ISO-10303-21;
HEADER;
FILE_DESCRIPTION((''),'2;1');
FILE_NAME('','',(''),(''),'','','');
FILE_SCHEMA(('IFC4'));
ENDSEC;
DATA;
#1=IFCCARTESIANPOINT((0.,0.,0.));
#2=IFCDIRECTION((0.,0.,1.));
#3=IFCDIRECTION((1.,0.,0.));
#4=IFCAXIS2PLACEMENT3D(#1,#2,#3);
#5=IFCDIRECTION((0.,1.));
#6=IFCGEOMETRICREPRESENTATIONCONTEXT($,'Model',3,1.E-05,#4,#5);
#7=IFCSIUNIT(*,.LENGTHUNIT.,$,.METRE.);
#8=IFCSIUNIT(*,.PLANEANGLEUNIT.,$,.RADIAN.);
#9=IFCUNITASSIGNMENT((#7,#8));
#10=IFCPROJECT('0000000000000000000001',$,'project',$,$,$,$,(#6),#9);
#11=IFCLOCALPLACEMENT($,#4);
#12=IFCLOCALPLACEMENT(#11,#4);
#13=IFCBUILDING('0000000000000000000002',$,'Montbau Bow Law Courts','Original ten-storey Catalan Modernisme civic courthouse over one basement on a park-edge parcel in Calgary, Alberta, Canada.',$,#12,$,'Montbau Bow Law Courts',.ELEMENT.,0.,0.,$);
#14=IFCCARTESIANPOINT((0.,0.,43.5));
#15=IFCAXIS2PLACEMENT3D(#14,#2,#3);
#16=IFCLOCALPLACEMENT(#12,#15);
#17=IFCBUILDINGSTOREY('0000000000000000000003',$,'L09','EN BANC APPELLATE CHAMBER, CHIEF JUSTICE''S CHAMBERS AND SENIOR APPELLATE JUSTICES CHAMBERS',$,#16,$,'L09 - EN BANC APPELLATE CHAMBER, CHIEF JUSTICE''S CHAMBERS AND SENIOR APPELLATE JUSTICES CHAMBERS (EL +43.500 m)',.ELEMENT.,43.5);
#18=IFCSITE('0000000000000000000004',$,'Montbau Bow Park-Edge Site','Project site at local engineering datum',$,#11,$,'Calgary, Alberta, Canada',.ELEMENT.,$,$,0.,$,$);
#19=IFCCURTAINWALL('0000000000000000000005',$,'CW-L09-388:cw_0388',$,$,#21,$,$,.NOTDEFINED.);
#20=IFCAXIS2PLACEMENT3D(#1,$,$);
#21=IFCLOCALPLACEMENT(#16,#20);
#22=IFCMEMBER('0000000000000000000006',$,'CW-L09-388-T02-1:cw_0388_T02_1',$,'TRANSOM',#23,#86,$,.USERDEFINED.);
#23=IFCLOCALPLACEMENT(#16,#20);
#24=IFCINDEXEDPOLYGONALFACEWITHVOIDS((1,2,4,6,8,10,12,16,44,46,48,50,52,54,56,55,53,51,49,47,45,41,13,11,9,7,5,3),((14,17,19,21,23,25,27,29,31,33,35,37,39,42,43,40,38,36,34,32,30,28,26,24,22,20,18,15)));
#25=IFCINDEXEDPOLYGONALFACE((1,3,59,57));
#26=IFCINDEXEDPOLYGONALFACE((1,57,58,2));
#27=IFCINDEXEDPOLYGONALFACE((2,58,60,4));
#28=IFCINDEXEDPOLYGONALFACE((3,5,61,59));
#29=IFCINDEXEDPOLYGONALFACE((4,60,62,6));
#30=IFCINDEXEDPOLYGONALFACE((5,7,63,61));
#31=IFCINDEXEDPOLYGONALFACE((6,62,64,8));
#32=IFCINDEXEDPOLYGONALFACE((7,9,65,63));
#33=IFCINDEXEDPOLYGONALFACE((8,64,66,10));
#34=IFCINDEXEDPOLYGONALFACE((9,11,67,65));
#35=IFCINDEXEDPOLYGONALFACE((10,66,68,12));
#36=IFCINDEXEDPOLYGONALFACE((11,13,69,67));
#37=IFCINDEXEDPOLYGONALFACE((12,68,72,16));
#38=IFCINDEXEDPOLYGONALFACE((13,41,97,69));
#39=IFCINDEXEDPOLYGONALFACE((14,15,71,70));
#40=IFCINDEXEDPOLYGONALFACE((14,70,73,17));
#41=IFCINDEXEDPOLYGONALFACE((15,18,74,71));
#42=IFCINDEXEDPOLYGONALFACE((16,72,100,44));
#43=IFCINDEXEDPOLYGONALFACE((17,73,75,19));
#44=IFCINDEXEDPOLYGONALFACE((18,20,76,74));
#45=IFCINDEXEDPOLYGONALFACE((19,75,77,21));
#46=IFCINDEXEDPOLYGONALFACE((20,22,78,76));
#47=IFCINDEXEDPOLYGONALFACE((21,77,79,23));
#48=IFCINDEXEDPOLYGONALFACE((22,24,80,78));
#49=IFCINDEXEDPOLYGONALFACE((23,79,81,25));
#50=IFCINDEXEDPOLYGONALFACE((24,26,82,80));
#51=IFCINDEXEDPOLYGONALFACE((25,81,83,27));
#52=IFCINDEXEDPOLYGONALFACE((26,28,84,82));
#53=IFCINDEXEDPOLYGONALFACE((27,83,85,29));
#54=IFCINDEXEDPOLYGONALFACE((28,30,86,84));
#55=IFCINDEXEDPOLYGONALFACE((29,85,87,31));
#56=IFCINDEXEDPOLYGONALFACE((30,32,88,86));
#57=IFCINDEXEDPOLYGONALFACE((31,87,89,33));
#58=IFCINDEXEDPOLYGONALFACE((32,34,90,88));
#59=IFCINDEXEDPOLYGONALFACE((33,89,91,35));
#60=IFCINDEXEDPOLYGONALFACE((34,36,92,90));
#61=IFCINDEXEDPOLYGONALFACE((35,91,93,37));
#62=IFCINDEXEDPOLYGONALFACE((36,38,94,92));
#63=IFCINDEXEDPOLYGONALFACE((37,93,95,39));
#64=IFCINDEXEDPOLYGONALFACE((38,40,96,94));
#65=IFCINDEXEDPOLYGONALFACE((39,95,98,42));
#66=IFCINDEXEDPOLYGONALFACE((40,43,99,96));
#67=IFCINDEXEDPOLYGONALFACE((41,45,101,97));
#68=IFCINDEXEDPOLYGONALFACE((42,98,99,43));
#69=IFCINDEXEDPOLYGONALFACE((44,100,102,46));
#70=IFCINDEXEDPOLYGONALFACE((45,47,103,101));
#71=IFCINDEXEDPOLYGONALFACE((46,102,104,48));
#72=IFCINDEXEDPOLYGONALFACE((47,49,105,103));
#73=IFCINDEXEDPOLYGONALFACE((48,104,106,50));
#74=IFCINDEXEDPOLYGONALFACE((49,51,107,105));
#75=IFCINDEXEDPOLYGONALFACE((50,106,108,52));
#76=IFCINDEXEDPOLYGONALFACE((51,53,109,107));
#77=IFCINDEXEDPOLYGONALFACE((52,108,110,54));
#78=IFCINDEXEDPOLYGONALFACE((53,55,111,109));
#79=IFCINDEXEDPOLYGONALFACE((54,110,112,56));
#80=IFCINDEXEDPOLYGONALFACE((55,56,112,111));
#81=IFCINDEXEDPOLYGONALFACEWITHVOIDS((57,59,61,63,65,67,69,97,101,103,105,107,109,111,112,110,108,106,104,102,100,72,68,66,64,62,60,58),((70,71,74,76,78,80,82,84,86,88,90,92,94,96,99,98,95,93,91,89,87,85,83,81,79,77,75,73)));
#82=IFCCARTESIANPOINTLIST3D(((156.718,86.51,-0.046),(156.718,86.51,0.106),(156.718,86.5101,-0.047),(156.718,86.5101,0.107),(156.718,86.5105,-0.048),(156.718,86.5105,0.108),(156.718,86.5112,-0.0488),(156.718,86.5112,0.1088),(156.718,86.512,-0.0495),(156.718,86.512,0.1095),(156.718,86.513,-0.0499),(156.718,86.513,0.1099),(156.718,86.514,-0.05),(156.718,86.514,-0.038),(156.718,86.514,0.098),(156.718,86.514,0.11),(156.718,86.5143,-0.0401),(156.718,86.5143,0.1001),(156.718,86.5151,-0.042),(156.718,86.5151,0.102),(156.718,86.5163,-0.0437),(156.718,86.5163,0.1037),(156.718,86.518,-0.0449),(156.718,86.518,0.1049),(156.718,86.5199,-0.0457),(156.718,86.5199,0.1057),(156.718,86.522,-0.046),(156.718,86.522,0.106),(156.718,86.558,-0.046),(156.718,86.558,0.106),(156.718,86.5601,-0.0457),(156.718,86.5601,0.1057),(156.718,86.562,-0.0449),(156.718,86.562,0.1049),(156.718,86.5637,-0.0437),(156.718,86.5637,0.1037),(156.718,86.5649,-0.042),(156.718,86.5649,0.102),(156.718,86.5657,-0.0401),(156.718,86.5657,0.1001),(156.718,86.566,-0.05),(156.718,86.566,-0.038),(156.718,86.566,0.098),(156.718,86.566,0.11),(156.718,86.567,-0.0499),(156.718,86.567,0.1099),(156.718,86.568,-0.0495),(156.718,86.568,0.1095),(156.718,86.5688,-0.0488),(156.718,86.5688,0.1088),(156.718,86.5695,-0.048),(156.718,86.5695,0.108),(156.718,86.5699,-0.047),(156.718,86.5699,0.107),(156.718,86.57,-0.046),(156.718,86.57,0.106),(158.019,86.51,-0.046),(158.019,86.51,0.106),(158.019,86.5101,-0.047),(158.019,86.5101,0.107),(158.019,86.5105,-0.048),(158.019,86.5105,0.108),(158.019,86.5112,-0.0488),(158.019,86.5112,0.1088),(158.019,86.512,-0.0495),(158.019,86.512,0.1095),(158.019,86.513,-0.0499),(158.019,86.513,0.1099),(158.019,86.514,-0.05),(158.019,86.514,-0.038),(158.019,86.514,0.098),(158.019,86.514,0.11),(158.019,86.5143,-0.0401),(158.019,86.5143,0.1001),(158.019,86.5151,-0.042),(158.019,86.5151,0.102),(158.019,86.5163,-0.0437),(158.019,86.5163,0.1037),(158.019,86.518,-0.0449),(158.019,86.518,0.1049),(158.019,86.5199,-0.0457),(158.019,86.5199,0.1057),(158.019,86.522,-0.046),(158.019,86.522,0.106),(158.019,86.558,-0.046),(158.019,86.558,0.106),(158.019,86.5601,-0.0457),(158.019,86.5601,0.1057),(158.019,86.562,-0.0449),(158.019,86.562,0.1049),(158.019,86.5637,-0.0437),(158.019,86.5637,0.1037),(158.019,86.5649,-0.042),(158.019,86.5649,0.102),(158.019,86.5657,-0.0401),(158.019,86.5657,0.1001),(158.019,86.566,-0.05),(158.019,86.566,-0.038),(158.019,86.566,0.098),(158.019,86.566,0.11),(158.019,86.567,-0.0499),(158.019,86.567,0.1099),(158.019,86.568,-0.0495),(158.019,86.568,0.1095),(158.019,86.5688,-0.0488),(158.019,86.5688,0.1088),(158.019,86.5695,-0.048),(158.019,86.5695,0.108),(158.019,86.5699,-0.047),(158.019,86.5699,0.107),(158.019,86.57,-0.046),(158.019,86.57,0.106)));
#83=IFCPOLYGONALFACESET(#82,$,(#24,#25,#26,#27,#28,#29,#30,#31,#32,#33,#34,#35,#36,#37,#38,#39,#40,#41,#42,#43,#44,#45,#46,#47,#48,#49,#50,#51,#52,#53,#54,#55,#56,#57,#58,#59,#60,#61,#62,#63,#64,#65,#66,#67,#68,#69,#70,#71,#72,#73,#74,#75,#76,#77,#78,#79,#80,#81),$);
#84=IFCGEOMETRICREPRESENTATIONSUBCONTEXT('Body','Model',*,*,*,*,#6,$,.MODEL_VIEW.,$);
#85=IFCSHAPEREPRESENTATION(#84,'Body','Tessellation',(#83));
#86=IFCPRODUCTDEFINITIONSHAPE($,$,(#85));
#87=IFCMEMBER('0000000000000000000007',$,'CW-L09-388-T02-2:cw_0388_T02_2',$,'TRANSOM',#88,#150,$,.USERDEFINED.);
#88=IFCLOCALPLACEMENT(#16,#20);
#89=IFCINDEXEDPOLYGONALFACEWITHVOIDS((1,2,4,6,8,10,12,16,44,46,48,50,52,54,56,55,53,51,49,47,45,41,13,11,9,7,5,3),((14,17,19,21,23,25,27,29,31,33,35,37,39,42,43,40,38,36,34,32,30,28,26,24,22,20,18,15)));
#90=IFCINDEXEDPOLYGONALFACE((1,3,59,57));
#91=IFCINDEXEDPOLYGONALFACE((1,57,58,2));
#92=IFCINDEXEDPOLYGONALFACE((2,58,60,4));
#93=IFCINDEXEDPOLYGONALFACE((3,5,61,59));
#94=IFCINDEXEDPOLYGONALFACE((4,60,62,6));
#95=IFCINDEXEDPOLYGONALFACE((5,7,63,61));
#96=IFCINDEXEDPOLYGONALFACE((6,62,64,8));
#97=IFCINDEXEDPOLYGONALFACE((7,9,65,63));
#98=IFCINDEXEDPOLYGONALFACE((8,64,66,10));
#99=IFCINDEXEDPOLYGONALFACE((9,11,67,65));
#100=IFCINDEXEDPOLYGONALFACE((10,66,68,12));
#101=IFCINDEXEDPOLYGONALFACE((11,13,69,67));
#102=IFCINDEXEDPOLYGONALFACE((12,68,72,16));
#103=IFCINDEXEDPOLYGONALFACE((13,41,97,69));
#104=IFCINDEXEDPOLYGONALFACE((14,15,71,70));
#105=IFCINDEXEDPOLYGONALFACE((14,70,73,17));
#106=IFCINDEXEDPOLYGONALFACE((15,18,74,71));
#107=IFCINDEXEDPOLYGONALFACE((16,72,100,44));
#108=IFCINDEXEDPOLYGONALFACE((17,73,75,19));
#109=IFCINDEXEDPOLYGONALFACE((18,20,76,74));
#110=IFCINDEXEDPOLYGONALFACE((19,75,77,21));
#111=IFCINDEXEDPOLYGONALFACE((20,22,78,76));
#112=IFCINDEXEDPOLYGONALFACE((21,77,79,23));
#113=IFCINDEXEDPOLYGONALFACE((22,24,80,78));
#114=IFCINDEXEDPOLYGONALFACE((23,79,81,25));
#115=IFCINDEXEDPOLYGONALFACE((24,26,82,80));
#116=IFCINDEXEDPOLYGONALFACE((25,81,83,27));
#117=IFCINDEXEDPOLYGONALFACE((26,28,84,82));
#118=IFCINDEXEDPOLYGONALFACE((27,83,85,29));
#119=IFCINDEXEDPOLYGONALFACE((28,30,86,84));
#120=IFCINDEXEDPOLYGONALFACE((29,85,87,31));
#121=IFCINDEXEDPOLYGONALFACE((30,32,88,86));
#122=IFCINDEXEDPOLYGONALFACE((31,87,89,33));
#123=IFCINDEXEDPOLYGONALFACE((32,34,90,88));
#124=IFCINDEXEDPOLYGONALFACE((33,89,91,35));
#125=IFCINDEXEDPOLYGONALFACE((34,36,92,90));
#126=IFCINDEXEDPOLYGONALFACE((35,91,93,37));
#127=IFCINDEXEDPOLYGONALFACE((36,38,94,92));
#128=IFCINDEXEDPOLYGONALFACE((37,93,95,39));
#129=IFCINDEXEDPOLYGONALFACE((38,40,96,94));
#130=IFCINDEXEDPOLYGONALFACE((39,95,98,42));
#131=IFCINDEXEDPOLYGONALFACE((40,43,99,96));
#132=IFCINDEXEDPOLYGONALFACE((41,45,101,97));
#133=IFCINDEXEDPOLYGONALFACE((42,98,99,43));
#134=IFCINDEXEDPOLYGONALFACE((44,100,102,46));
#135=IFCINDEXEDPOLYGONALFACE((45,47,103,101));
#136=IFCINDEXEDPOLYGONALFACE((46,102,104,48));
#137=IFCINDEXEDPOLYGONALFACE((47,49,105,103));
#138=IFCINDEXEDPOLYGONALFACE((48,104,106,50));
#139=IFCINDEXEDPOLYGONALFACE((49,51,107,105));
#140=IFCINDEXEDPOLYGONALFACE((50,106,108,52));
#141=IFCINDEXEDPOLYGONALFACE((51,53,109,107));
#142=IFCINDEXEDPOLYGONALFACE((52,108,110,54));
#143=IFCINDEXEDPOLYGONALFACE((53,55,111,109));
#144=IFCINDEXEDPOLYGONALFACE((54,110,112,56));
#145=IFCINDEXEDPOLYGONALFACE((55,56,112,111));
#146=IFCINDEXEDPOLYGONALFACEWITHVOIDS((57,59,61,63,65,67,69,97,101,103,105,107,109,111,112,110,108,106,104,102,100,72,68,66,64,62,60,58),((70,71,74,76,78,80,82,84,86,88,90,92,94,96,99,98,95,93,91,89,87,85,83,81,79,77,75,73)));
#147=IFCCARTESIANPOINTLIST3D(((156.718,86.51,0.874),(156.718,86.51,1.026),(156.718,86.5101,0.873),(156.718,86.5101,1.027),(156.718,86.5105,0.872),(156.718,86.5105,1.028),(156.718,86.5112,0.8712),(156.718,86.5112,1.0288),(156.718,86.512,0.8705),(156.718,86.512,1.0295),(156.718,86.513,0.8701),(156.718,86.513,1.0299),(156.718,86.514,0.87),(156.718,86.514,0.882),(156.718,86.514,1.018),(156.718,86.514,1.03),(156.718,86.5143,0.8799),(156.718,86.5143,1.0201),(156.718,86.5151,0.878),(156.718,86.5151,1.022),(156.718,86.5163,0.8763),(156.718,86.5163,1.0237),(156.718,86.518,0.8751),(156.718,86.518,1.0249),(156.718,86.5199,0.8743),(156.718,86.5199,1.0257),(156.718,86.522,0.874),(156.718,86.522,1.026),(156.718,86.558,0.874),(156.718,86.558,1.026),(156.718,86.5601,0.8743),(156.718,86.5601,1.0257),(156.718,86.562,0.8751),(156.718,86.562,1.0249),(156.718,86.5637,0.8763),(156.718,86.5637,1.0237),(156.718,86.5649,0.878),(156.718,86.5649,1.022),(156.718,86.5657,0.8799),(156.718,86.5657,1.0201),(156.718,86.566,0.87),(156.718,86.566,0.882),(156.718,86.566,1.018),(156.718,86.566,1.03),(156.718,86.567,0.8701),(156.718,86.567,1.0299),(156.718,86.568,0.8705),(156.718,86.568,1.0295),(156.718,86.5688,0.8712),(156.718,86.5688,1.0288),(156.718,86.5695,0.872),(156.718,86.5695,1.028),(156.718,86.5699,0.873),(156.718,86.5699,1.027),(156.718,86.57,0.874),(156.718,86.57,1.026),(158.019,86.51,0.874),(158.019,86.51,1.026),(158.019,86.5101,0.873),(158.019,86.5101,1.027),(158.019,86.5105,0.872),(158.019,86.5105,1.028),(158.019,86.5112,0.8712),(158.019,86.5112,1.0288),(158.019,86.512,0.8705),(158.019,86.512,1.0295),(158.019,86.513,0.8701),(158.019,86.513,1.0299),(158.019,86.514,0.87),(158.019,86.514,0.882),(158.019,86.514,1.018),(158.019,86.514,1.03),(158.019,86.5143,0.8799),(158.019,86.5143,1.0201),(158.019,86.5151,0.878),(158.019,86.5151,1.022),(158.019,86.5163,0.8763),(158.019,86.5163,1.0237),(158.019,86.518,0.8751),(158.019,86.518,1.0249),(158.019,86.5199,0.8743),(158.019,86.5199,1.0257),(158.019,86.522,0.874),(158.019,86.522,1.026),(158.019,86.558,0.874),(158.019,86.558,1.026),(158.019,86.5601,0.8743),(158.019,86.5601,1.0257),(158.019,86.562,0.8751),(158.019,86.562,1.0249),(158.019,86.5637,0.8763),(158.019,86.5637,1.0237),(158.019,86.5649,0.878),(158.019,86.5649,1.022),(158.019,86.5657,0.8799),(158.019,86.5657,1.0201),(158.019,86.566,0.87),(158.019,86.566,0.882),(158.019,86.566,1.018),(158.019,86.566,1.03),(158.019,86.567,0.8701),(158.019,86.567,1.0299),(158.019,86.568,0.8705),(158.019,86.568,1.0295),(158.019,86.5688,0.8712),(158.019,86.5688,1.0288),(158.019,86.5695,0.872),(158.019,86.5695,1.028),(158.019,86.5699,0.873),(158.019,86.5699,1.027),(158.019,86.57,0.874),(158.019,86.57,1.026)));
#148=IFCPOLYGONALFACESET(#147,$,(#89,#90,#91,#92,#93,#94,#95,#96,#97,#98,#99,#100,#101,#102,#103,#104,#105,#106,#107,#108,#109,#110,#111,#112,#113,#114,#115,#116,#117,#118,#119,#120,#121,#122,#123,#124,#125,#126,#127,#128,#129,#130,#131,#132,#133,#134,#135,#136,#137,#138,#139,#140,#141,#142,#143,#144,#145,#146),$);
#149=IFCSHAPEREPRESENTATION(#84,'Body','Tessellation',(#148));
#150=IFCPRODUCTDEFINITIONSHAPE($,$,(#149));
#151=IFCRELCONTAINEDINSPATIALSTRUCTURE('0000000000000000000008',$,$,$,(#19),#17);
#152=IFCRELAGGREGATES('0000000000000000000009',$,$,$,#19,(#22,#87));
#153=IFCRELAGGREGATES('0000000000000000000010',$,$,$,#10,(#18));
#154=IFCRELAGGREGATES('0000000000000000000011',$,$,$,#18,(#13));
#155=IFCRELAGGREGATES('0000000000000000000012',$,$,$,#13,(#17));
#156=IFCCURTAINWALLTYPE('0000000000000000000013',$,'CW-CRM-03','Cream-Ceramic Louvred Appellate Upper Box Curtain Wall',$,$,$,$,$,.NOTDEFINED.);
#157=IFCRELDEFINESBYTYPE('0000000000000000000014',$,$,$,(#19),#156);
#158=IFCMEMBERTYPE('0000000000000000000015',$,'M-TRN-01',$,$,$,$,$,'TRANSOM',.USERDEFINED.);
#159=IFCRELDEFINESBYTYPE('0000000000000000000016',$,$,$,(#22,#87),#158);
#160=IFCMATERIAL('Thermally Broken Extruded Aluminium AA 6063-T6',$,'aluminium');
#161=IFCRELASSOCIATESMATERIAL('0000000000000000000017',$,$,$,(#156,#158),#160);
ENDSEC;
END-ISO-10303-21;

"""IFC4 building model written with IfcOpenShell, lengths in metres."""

from ifc_helpers import new_model, si_unit, direction, frame, origin_with_axes, origin_2d_with_axis, place, context, subcontext, project, spatial, hollow_rectangle, extrude, material, material_profile, profile_set, type_object, element, aggregate, save


model = new_model("IFC4")

# Units and contexts
model_context = context("Model", 3, precision=1e-05, world=origin_with_axes(), true_north=direction((0.0, 1.0)))
body_context = subcontext(model_context, "Body", "Model", "MODEL_VIEW")
ifc_project = project(units=[si_unit("LENGTHUNIT", "METRE"), si_unit("PLANEANGLEUNIT", "RADIAN")], contexts=[model_context])

# Site, building, storey
site_placement = place(None, origin_with_axes())
site = spatial("IfcSite", under=ifc_project, at=site_placement, Name="Montbau Bow Park-Edge Site", Description="Project site at local engineering datum", LongName="Calgary, Alberta, Canada", CompositionType="ELEMENT", RefElevation=0.0)
building_placement = place(site_placement, origin_with_axes())
building = spatial("IfcBuilding", under=site, at=building_placement, Name="Montbau Bow Law Courts", Description="Original ten-storey Catalan Modernisme civic courthouse over one basement on a park-edge parcel in Calgary, Alberta, Canada.", LongName="Montbau Bow Law Courts", CompositionType="ELEMENT", ElevationOfRefHeight=0.0, ElevationOfTerrain=0.0)
storey_placement = place(building_placement, frame((0.0, 0.0, 43.5), z_axis=(0.0, 0.0, 1.0), x_axis=(1.0, 0.0, 0.0)))
storey = spatial("IfcBuildingStorey", under=building, at=storey_placement, Name="L09", Description="EN BANC APPELLATE CHAMBER, CHIEF JUSTICE'S CHAMBERS AND SENIOR APPELLATE JUSTICES CHAMBERS", LongName="L09 - EN BANC APPELLATE CHAMBER, CHIEF JUSTICE'S CHAMBERS AND SENIOR APPELLATE JUSTICES CHAMBERS (EL +43.500 m)", CompositionType="ELEMENT", Elevation=43.5)

# Curtain wall, members
ifc_material_1 = material(Name="Thermally Broken Extruded Aluminium AA 6063-T6", Category="aluminium")
curtain_wall_type = type_object("IfcCurtainWallType", Name="CW-CRM-03", Description="Cream-Ceramic Louvred Appellate Upper Box Curtain Wall", PredefinedType="NOTDEFINED", material=ifc_material_1)
curtain_wall_placement = place(None, frame((155.315, 86.54, 43.5), z_axis=(0.0, 0.0, 1.0), x_axis=(1.0, 0.0, 0.0)))
curtain_wall = element("IfcCurtainWall", 1, at=curtain_wall_placement, inside=storey, type_object=curtain_wall_type, Name="CW-L09-388:cw_0388", PredefinedType="NOTDEFINED")
ifc_material_profile_1 = material_profile(ifc_material_1, hollow_rectangle(XDim=0.06, YDim=0.16, WallThickness=0.004, InnerFilletRadius=0.008, OuterFilletRadius=0.004, at=origin_2d_with_axis()), Name="CWT-160X60", Category="Main", Priority=0)
ifc_profile_set_1 = profile_set([ifc_material_profile_1], Name="Thermally Broken Extruded Aluminium AA 6063-T6")
member_type_1 = type_object("IfcMemberType", Name="M-TRN-01", ElementType="TRANSOM", PredefinedType="USERDEFINED", material=ifc_profile_set_1)
member_1_placement = place(None, frame((156.718, 86.54, 43.53), z_axis=(1.0, 0.0, 0.0), x_axis=(0.0, 1.0, 0.0)))
member_1 = element("IfcMember", 2, at=member_1_placement, type_object=member_type_1, Name="CW-L09-388-T02-1:cw_0388_T02_1", ObjectType="TRANSOM", PredefinedType="USERDEFINED", context=body_context, shape_type="SweptSolid", body=[
    extrude(hollow_rectangle(XDim=0.06, YDim=0.16, WallThickness=0.004, InnerFilletRadius=0.008, OuterFilletRadius=0.004, at=origin_2d_with_axis()), origin_with_axes(), (0.0, 0.0, 1.0), 1.301),
])
member_2_placement = place(None, frame((156.718, 86.54, 44.45), z_axis=(1.0, 0.0, 0.0), x_axis=(0.0, 1.0, 0.0)))
member_2 = element("IfcMember", 3, at=member_2_placement, type_object=member_type_1, Name="CW-L09-388-T02-2:cw_0388_T02_2", ObjectType="TRANSOM", PredefinedType="USERDEFINED", context=body_context, shape_type="SweptSolid", body=[
    extrude(hollow_rectangle(XDim=0.06, YDim=0.16, WallThickness=0.004, InnerFilletRadius=0.008, OuterFilletRadius=0.004, at=origin_2d_with_axis()), origin_with_axes(), (0.0, 0.0, 1.0), 1.301),
])
aggregate(curtain_wall, [member_1, member_2])

save(model, "model.ifc")
